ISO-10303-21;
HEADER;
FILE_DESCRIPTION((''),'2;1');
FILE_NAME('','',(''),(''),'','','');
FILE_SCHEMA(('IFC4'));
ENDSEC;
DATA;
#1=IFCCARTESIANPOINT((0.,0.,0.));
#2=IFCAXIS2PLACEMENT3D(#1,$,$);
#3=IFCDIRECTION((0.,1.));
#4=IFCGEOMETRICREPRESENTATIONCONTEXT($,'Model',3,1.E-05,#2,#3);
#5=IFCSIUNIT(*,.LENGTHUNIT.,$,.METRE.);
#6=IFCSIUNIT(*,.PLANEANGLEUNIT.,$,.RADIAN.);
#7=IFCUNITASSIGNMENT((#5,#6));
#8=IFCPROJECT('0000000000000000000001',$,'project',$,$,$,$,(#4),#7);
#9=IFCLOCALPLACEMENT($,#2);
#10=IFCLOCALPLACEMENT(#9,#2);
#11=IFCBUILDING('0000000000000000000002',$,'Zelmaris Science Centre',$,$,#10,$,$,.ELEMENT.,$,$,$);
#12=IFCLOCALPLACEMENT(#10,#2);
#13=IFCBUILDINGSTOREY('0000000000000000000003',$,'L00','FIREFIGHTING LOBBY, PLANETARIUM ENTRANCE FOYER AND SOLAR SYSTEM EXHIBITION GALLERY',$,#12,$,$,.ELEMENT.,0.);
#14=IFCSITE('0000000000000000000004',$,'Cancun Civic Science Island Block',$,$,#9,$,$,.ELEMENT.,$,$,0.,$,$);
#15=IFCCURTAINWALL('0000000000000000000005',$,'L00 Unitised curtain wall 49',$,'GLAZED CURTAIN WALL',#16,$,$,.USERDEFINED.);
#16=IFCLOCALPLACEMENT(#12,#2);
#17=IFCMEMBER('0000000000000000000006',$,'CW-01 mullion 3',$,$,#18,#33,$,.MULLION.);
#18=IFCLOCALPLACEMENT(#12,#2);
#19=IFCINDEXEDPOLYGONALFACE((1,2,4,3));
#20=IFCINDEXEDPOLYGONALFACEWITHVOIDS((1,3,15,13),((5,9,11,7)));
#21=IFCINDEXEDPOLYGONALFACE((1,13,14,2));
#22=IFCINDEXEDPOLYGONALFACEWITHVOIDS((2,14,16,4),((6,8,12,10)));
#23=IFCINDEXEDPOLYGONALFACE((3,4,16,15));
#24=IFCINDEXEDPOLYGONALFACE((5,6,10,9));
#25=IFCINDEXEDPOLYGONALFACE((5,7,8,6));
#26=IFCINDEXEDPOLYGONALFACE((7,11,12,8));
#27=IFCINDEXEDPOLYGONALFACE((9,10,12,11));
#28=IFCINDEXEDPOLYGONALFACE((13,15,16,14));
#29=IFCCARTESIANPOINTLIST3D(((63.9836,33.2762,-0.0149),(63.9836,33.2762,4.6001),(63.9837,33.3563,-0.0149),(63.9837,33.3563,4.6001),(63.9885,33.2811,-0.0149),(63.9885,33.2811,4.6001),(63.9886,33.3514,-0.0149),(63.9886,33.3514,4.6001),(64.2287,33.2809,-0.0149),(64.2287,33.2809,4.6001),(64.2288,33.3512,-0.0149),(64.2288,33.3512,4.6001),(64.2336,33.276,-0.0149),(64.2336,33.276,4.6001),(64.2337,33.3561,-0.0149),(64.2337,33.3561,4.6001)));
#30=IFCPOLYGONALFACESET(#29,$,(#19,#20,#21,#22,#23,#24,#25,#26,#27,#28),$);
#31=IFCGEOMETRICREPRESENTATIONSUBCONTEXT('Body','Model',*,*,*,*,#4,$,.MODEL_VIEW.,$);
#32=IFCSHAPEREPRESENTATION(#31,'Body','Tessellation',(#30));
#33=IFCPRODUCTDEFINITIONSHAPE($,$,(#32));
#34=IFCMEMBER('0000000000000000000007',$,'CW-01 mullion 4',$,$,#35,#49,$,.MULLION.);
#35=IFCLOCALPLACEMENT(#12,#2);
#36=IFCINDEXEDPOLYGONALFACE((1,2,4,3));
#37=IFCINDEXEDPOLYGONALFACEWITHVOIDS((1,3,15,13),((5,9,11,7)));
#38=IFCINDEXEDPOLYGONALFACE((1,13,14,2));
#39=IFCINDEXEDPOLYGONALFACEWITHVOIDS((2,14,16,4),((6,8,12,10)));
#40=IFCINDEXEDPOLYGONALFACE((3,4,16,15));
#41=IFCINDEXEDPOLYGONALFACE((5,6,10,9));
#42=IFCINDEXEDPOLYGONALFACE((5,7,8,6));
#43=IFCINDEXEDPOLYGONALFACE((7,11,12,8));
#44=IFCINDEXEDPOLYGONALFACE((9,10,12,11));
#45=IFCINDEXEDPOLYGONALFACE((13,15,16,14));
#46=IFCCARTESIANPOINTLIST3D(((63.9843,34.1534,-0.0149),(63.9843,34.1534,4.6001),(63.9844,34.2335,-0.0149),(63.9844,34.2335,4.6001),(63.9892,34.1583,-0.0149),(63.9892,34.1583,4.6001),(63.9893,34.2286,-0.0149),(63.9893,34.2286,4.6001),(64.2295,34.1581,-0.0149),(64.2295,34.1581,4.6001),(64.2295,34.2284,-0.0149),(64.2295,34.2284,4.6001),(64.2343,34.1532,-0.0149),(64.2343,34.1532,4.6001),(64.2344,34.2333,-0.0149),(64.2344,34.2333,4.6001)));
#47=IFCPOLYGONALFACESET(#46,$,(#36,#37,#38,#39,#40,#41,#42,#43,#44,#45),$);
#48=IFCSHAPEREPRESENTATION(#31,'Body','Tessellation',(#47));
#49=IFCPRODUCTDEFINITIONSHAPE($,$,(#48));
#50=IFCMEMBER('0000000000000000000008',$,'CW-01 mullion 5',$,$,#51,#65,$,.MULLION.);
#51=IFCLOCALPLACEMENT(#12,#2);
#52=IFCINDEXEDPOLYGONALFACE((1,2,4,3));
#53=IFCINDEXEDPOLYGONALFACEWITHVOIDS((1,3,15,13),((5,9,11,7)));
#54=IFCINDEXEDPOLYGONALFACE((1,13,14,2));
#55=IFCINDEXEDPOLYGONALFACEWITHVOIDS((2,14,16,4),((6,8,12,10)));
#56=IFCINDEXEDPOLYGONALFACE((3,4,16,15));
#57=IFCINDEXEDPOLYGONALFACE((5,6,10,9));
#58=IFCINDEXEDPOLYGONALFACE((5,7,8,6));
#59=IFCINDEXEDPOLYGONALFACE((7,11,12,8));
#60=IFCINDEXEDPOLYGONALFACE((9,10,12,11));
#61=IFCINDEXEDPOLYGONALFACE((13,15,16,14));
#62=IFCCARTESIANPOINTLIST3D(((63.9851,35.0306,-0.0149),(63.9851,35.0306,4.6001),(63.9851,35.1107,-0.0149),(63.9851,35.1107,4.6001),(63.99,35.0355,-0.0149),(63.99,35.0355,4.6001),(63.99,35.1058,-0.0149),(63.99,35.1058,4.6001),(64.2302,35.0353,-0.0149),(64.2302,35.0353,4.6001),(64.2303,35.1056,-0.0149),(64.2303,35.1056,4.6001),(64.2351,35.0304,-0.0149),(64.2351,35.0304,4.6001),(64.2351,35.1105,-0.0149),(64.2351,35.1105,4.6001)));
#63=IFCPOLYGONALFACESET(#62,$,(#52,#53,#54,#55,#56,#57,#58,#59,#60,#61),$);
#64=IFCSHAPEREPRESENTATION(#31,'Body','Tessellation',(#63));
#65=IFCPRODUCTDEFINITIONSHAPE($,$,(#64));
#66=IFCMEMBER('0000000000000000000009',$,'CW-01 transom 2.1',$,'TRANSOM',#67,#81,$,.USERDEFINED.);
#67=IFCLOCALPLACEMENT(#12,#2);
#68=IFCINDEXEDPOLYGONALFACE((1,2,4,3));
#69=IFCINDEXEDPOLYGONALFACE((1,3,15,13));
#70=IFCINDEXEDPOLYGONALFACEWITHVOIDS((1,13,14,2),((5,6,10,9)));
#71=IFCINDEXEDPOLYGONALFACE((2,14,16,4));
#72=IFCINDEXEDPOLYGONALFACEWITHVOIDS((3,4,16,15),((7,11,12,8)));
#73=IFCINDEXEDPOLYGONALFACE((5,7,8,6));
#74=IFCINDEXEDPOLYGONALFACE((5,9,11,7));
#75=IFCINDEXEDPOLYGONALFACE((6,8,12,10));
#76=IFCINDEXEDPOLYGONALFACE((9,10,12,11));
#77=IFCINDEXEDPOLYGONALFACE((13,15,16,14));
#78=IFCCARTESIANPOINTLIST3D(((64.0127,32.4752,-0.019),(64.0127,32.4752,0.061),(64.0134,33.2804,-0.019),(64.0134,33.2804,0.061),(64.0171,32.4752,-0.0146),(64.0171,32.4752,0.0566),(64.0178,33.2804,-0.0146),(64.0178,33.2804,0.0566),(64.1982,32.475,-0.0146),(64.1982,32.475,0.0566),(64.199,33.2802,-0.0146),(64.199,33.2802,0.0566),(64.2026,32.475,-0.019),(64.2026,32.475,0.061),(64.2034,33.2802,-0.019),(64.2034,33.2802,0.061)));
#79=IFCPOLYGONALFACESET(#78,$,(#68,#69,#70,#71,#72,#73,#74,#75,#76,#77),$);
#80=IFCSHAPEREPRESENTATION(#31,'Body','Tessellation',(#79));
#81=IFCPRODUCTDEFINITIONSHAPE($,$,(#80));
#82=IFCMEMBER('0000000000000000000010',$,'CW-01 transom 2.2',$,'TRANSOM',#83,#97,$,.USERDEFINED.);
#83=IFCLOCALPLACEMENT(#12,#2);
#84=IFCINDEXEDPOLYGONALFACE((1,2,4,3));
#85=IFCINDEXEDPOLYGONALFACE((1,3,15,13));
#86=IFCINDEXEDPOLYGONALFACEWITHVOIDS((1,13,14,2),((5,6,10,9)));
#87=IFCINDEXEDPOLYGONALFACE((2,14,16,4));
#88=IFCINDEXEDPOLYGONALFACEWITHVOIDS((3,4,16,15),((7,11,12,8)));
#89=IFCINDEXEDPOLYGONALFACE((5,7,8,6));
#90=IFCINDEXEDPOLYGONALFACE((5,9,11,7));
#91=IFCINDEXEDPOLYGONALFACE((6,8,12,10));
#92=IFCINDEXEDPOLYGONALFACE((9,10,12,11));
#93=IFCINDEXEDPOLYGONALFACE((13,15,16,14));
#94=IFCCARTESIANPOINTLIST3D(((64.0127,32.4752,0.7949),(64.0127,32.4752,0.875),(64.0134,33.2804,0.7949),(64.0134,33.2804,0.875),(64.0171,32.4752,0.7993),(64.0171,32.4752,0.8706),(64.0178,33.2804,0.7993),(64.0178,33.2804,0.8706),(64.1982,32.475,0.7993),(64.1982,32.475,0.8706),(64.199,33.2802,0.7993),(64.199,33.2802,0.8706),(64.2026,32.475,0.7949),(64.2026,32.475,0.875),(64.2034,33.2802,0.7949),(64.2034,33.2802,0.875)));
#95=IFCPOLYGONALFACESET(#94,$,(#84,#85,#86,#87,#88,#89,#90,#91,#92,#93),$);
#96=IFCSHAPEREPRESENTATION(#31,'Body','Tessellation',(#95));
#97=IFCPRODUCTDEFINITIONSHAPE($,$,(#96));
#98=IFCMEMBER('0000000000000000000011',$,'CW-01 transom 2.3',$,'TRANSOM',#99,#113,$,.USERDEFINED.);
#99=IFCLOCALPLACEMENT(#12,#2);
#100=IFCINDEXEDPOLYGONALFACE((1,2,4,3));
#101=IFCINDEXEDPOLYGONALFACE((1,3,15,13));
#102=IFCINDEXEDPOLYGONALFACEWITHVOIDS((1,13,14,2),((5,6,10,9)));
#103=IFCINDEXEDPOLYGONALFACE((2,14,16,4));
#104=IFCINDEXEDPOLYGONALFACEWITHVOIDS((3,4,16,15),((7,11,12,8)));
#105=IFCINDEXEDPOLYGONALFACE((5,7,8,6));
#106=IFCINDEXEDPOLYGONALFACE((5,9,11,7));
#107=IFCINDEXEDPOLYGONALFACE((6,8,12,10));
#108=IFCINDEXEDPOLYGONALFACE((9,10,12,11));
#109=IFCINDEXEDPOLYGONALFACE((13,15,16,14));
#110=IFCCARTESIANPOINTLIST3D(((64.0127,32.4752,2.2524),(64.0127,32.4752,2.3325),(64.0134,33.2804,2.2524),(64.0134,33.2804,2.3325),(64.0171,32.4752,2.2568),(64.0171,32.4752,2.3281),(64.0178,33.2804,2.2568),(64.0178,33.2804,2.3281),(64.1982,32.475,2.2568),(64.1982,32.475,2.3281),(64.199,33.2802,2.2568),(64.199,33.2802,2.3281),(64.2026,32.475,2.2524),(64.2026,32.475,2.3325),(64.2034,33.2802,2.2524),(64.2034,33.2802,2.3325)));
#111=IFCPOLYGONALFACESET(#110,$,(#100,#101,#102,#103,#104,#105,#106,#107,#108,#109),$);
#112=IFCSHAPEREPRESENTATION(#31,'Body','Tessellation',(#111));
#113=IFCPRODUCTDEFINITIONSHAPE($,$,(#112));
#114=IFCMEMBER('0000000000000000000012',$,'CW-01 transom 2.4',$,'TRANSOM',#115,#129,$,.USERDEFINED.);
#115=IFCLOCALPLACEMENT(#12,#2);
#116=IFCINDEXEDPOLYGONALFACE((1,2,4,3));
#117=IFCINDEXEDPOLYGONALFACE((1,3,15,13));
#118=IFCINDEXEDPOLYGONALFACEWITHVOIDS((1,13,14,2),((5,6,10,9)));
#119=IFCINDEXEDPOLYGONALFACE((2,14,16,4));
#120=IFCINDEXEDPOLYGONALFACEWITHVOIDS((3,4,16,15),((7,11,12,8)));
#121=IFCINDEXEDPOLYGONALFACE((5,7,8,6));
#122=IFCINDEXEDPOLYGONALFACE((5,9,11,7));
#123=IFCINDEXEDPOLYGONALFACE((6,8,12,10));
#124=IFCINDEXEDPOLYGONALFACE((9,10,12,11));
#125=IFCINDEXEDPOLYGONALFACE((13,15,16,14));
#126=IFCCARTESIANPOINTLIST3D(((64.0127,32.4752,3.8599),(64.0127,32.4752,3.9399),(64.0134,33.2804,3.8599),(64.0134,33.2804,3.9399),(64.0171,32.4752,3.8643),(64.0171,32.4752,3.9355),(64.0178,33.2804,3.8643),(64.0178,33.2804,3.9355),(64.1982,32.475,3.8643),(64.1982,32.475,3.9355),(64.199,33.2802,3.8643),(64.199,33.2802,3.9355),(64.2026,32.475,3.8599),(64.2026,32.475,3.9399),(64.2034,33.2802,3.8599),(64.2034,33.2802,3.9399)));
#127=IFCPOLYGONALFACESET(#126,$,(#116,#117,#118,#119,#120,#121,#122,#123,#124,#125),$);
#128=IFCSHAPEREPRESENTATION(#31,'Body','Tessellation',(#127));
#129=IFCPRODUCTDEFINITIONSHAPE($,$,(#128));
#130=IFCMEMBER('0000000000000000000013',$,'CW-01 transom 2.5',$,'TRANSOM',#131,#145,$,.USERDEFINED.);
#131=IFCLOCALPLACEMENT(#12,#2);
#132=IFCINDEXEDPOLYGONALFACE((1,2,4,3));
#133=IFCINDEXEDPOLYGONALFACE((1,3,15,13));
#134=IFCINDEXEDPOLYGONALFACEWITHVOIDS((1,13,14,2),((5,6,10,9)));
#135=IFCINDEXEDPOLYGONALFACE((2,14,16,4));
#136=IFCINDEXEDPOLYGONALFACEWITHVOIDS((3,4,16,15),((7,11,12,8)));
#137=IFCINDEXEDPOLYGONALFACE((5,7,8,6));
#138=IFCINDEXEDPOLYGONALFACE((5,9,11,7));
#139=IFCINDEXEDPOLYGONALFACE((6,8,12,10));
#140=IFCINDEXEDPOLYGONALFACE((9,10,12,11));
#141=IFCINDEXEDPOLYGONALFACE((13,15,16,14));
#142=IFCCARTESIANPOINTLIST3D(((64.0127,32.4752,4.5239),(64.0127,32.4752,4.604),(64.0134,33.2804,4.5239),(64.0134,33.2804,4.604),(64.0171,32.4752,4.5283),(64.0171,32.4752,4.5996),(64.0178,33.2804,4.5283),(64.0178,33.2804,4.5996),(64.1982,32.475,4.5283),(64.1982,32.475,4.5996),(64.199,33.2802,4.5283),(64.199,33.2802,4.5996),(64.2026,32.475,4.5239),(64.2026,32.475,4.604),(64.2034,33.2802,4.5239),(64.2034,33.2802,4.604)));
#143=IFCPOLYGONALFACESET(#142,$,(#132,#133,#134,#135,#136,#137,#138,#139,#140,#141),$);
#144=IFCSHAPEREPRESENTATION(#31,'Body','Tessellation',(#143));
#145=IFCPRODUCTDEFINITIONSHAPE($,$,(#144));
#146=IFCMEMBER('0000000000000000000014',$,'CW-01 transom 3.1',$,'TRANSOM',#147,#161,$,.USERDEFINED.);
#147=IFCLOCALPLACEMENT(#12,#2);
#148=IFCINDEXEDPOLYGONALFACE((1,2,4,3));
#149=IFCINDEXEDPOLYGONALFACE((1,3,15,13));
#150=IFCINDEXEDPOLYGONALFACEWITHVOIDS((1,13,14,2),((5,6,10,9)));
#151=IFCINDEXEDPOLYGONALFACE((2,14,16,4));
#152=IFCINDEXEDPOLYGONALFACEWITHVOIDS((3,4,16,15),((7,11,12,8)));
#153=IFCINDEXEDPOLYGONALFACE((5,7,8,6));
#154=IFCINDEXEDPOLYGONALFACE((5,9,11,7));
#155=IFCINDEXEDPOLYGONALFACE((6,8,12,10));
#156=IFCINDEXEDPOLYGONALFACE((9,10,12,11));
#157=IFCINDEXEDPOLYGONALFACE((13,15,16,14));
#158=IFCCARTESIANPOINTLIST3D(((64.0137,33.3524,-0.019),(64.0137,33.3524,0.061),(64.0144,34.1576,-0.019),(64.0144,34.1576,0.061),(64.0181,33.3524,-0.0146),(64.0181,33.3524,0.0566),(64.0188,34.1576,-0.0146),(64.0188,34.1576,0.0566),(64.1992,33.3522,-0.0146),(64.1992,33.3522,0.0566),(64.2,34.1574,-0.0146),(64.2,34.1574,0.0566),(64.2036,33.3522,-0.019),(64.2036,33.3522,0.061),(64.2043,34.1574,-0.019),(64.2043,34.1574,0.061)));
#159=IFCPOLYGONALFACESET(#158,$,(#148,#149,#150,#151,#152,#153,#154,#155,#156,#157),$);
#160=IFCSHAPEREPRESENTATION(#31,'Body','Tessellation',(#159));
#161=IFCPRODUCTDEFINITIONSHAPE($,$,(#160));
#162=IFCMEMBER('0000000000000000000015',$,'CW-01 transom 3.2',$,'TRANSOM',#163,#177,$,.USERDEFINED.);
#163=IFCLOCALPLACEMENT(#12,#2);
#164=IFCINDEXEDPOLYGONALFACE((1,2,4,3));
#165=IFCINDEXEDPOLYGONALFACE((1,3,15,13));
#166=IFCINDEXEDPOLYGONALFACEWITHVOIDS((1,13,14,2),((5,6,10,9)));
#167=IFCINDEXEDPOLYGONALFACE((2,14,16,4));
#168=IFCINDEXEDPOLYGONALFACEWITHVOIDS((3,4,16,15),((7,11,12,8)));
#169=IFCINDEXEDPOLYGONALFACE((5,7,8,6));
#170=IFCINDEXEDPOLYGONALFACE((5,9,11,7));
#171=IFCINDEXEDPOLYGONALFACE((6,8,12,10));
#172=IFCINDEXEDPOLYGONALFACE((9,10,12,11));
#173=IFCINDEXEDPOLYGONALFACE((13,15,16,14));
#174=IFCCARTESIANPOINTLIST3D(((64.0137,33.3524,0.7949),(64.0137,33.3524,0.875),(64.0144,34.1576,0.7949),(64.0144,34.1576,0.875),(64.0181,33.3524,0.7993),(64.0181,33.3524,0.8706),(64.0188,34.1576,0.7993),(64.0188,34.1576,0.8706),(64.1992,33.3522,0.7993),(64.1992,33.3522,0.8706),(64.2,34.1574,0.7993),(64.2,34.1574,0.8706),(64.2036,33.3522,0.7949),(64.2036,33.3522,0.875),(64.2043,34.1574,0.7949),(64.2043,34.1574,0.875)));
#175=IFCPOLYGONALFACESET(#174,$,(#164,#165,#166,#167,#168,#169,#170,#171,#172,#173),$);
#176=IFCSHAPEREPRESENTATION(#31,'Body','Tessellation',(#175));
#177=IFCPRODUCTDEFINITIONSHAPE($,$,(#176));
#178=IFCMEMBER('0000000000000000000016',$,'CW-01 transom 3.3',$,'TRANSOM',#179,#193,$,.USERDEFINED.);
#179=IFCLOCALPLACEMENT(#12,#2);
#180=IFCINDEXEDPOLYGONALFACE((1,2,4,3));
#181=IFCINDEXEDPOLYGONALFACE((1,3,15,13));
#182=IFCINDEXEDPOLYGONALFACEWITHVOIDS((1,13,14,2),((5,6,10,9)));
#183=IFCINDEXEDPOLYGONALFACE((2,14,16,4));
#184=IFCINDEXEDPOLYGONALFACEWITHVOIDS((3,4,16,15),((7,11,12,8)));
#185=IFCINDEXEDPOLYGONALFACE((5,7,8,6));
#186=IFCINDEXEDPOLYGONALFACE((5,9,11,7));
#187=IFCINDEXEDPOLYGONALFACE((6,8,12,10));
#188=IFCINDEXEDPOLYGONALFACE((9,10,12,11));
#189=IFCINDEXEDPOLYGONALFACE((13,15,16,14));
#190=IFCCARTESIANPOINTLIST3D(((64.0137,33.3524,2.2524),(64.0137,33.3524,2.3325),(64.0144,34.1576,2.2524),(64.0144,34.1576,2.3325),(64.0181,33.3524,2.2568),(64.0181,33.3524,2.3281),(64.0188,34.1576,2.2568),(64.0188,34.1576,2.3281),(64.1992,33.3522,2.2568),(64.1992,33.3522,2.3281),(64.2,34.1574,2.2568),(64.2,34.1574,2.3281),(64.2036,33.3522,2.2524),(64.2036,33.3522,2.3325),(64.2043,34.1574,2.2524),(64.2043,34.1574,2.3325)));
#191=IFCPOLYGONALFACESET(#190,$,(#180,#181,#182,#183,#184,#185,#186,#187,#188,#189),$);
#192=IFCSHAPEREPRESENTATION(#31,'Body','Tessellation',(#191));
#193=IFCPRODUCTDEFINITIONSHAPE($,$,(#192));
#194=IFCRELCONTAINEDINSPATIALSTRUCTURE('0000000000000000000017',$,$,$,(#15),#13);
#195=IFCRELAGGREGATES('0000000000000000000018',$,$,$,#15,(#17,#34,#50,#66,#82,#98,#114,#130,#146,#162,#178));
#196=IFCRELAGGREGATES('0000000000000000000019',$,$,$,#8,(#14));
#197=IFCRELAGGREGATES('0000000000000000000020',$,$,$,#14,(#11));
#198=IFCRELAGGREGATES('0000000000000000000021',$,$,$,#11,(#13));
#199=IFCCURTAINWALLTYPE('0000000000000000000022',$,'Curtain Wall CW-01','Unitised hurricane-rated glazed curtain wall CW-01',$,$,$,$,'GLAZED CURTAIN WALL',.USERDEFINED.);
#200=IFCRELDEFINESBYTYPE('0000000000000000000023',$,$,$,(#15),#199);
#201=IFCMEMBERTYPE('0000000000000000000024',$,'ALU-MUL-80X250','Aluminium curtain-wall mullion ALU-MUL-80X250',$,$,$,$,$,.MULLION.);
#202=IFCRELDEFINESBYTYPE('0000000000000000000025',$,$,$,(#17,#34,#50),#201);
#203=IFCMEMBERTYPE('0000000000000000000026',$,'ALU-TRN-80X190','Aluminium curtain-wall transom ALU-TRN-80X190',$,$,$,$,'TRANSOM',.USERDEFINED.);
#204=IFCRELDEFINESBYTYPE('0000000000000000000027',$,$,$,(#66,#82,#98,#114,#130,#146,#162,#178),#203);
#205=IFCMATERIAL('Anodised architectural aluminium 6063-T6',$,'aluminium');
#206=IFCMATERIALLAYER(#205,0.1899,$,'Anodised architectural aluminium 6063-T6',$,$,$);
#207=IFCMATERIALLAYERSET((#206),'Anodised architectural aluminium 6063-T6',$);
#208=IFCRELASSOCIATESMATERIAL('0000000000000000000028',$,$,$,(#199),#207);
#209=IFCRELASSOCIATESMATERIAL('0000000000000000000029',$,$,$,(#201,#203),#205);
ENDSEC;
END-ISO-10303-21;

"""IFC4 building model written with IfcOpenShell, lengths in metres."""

from ifc_helpers import new_model, si_unit, direction, frame, origin, origin_2d, place, context, subcontext, project, spatial, hollow_rectangle, extrude, material, layer, layer_set, material_profile, profile_set, type_object, element, aggregate, save


model = new_model("IFC4")

# Units and contexts
model_context = context("Model", 3, precision=1e-05, world=origin(), true_north=direction((0.0, 1.0)))
body_context = subcontext(model_context, "Body", "Model", "MODEL_VIEW")
ifc_project = project(units=[si_unit("LENGTHUNIT", "METRE"), si_unit("PLANEANGLEUNIT", "RADIAN")], contexts=[model_context])

# Site, building, storey
site_placement = place(None, origin())
site = spatial("IfcSite", under=ifc_project, at=site_placement, Name="Cancun Civic Science Island Block", CompositionType="ELEMENT", RefElevation=0.0)
building_placement = place(site_placement, origin())
building = spatial("IfcBuilding", under=site, at=building_placement, Name="Zelmaris Science Centre", CompositionType="ELEMENT")
storey_placement = place(building_placement, origin())
storey = spatial("IfcBuildingStorey", under=building, at=storey_placement, Name="L00", Description="FIREFIGHTING LOBBY, PLANETARIUM ENTRANCE FOYER AND SOLAR SYSTEM EXHIBITION GALLERY", CompositionType="ELEMENT", Elevation=0.0)

# Curtain wall, members
ifc_material_1 = material(Name="Anodised architectural aluminium 6063-T6", Category="aluminium")
ifc_layer_1 = layer(ifc_material_1, 0.1899, Name="Anodised architectural aluminium 6063-T6")
ifc_layer_set_1 = layer_set([ifc_layer_1], Name="Anodised architectural aluminium 6063-T6")
curtain_wall_type = type_object("IfcCurtainWallType", Name="Curtain Wall CW-01", Description="Unitised hurricane-rated glazed curtain wall CW-01", ElementType="GLAZED CURTAIN WALL", PredefinedType="USERDEFINED", material=ifc_layer_set_1)
curtain_wall_placement = place(storey_placement, origin())
curtain_wall = element("IfcCurtainWall", 1, at=curtain_wall_placement, inside=storey, type_object=curtain_wall_type, Name="L00 Unitised curtain wall 49", ObjectType="GLAZED CURTAIN WALL", PredefinedType="USERDEFINED")
ifc_material_profile_1 = material_profile(ifc_material_1, hollow_rectangle(XDim=0.0801, YDim=0.25, WallThickness=0.0049, at=origin_2d()), Name="ALU-MUL-80X250")
ifc_profile_set_1 = profile_set([ifc_material_profile_1], Name="Anodised architectural aluminium 6063-T6")
member_type_1 = type_object("IfcMemberType", Name="ALU-MUL-80X250", Description="Aluminium curtain-wall mullion ALU-MUL-80X250", PredefinedType="MULLION", material=ifc_profile_set_1)
member_1_placement = place(storey_placement, frame((64.1086, 33.3162, -0.0149), z_axis=(0.0, 0.0, 1.0), x_axis=(0.000946, 1.0, 0.0)))
member_1 = element("IfcMember", 2, at=member_1_placement, type_object=member_type_1, Name="CW-01 mullion 3", PredefinedType="MULLION", context=body_context, shape_type="SweptSolid", body=[
    extrude(hollow_rectangle(XDim=0.0801, YDim=0.25, WallThickness=0.0049, at=origin_2d()), origin(), (0.0, 0.0, 1.0), 4.615),
])
member_2_placement = place(storey_placement, frame((64.1094, 34.1934, -0.0149), z_axis=(0.0, 0.0, 1.0), x_axis=(0.000946, 1.0, 0.0)))
member_2 = element("IfcMember", 3, at=member_2_placement, type_object=member_type_1, Name="CW-01 mullion 4", PredefinedType="MULLION", context=body_context, shape_type="SweptSolid", body=[
    extrude(hollow_rectangle(XDim=0.0801, YDim=0.25, WallThickness=0.0049, at=origin_2d()), origin(), (0.0, 0.0, 1.0), 4.615),
])
member_3_placement = place(storey_placement, frame((64.1101, 35.0706, -0.0149), z_axis=(0.0, 0.0, 1.0), x_axis=(0.000946, 1.0, 0.0)))
member_3 = element("IfcMember", 4, at=member_3_placement, type_object=member_type_1, Name="CW-01 mullion 5", PredefinedType="MULLION", context=body_context, shape_type="SweptSolid", body=[
    extrude(hollow_rectangle(XDim=0.0801, YDim=0.25, WallThickness=0.0049, at=origin_2d()), origin(), (0.0, 0.0, 1.0), 4.615),
])
ifc_material_profile_2 = material_profile(ifc_material_1, hollow_rectangle(XDim=0.0801, YDim=0.1899, WallThickness=0.0044, at=origin_2d()), Name="ALU-TRN-80X190")
ifc_profile_set_2 = profile_set([ifc_material_profile_2], Name="Anodised architectural aluminium 6063-T6")
member_type_2 = type_object("IfcMemberType", Name="ALU-TRN-80X190", Description="Aluminium curtain-wall transom ALU-TRN-80X190", ElementType="TRANSOM", PredefinedType="USERDEFINED", material=ifc_profile_set_2)
member_4_placement = place(storey_placement, frame((64.1077, 32.4751, 0.021), z_axis=(0.00091, 1.0, 0.0), x_axis=(0.0, 0.0, 1.0)))
member_4 = element("IfcMember", 5, at=member_4_placement, type_object=member_type_2, Name="CW-01 transom 2.1", ObjectType="TRANSOM", PredefinedType="USERDEFINED", context=body_context, shape_type="SweptSolid", body=[
    extrude(hollow_rectangle(XDim=0.0801, YDim=0.1899, WallThickness=0.0044, at=origin_2d()), origin(), (0.0, 0.0, 1.0), 0.8052),
])
member_5_placement = place(storey_placement, frame((64.1077, 32.4751, 0.835), z_axis=(0.00091, 1.0, 0.0), x_axis=(0.0, 0.0, 1.0)))
member_5 = element("IfcMember", 6, at=member_5_placement, type_object=member_type_2, Name="CW-01 transom 2.2", ObjectType="TRANSOM", PredefinedType="USERDEFINED", context=body_context, shape_type="SweptSolid", body=[
    extrude(hollow_rectangle(XDim=0.0801, YDim=0.1899, WallThickness=0.0044, at=origin_2d()), origin(), (0.0, 0.0, 1.0), 0.8052),
])
member_6_placement = place(storey_placement, frame((64.1077, 32.4751, 2.2925), z_axis=(0.00091, 1.0, 0.0), x_axis=(0.0, 0.0, 1.0)))
member_6 = element("IfcMember", 7, at=member_6_placement, type_object=member_type_2, Name="CW-01 transom 2.3", ObjectType="TRANSOM", PredefinedType="USERDEFINED", context=body_context, shape_type="SweptSolid", body=[
    extrude(hollow_rectangle(XDim=0.0801, YDim=0.1899, WallThickness=0.0044, at=origin_2d()), origin(), (0.0, 0.0, 1.0), 0.8052),
])
member_7_placement = place(storey_placement, frame((64.1077, 32.4751, 3.8999), z_axis=(0.00091, 1.0, 0.0), x_axis=(0.0, 0.0, 1.0)))
member_7 = element("IfcMember", 8, at=member_7_placement, type_object=member_type_2, Name="CW-01 transom 2.4", ObjectType="TRANSOM", PredefinedType="USERDEFINED", context=body_context, shape_type="SweptSolid", body=[
    extrude(hollow_rectangle(XDim=0.0801, YDim=0.1899, WallThickness=0.0044, at=origin_2d()), origin(), (0.0, 0.0, 1.0), 0.8052),
])
member_8_placement = place(storey_placement, frame((64.1077, 32.4751, 4.564), z_axis=(0.00091, 1.0, 0.0), x_axis=(0.0, 0.0, 1.0)))
member_8 = element("IfcMember", 9, at=member_8_placement, type_object=member_type_2, Name="CW-01 transom 2.5", ObjectType="TRANSOM", PredefinedType="USERDEFINED", context=body_context, shape_type="SweptSolid", body=[
    extrude(hollow_rectangle(XDim=0.0801, YDim=0.1899, WallThickness=0.0044, at=origin_2d()), origin(), (0.0, 0.0, 1.0), 0.8052),
])
member_9_placement = place(storey_placement, frame((64.1086, 33.3523, 0.021), z_axis=(0.00091, 1.0, 0.0), x_axis=(0.0, 0.0, 1.0)))
member_9 = element("IfcMember", 10, at=member_9_placement, type_object=member_type_2, Name="CW-01 transom 3.1", ObjectType="TRANSOM", PredefinedType="USERDEFINED", context=body_context, shape_type="SweptSolid", body=[
    extrude(hollow_rectangle(XDim=0.0801, YDim=0.1899, WallThickness=0.0044, at=origin_2d()), origin(), (0.0, 0.0, 1.0), 0.8052),
])
member_10_placement = place(storey_placement, frame((64.1086, 33.3523, 0.835), z_axis=(0.00091, 1.0, 0.0), x_axis=(0.0, 0.0, 1.0)))
member_10 = element("IfcMember", 11, at=member_10_placement, type_object=member_type_2, Name="CW-01 transom 3.2", ObjectType="TRANSOM", PredefinedType="USERDEFINED", context=body_context, shape_type="SweptSolid", body=[
    extrude(hollow_rectangle(XDim=0.0801, YDim=0.1899, WallThickness=0.0044, at=origin_2d()), origin(), (0.0, 0.0, 1.0), 0.8052),
])
member_11_placement = place(storey_placement, frame((64.1086, 33.3523, 2.2925), z_axis=(0.00091, 1.0, 0.0), x_axis=(0.0, 0.0, 1.0)))
member_11 = element("IfcMember", 12, at=member_11_placement, type_object=member_type_2, Name="CW-01 transom 3.3", ObjectType="TRANSOM", PredefinedType="USERDEFINED", context=body_context, shape_type="SweptSolid", body=[
    extrude(hollow_rectangle(XDim=0.0801, YDim=0.1899, WallThickness=0.0044, at=origin_2d()), origin(), (0.0, 0.0, 1.0), 0.8052),
])
aggregate(curtain_wall, [member_1, member_2, member_3, member_4, member_5, member_6, member_7, member_8, member_9, member_10, member_11])

save(model, "model.ifc")
